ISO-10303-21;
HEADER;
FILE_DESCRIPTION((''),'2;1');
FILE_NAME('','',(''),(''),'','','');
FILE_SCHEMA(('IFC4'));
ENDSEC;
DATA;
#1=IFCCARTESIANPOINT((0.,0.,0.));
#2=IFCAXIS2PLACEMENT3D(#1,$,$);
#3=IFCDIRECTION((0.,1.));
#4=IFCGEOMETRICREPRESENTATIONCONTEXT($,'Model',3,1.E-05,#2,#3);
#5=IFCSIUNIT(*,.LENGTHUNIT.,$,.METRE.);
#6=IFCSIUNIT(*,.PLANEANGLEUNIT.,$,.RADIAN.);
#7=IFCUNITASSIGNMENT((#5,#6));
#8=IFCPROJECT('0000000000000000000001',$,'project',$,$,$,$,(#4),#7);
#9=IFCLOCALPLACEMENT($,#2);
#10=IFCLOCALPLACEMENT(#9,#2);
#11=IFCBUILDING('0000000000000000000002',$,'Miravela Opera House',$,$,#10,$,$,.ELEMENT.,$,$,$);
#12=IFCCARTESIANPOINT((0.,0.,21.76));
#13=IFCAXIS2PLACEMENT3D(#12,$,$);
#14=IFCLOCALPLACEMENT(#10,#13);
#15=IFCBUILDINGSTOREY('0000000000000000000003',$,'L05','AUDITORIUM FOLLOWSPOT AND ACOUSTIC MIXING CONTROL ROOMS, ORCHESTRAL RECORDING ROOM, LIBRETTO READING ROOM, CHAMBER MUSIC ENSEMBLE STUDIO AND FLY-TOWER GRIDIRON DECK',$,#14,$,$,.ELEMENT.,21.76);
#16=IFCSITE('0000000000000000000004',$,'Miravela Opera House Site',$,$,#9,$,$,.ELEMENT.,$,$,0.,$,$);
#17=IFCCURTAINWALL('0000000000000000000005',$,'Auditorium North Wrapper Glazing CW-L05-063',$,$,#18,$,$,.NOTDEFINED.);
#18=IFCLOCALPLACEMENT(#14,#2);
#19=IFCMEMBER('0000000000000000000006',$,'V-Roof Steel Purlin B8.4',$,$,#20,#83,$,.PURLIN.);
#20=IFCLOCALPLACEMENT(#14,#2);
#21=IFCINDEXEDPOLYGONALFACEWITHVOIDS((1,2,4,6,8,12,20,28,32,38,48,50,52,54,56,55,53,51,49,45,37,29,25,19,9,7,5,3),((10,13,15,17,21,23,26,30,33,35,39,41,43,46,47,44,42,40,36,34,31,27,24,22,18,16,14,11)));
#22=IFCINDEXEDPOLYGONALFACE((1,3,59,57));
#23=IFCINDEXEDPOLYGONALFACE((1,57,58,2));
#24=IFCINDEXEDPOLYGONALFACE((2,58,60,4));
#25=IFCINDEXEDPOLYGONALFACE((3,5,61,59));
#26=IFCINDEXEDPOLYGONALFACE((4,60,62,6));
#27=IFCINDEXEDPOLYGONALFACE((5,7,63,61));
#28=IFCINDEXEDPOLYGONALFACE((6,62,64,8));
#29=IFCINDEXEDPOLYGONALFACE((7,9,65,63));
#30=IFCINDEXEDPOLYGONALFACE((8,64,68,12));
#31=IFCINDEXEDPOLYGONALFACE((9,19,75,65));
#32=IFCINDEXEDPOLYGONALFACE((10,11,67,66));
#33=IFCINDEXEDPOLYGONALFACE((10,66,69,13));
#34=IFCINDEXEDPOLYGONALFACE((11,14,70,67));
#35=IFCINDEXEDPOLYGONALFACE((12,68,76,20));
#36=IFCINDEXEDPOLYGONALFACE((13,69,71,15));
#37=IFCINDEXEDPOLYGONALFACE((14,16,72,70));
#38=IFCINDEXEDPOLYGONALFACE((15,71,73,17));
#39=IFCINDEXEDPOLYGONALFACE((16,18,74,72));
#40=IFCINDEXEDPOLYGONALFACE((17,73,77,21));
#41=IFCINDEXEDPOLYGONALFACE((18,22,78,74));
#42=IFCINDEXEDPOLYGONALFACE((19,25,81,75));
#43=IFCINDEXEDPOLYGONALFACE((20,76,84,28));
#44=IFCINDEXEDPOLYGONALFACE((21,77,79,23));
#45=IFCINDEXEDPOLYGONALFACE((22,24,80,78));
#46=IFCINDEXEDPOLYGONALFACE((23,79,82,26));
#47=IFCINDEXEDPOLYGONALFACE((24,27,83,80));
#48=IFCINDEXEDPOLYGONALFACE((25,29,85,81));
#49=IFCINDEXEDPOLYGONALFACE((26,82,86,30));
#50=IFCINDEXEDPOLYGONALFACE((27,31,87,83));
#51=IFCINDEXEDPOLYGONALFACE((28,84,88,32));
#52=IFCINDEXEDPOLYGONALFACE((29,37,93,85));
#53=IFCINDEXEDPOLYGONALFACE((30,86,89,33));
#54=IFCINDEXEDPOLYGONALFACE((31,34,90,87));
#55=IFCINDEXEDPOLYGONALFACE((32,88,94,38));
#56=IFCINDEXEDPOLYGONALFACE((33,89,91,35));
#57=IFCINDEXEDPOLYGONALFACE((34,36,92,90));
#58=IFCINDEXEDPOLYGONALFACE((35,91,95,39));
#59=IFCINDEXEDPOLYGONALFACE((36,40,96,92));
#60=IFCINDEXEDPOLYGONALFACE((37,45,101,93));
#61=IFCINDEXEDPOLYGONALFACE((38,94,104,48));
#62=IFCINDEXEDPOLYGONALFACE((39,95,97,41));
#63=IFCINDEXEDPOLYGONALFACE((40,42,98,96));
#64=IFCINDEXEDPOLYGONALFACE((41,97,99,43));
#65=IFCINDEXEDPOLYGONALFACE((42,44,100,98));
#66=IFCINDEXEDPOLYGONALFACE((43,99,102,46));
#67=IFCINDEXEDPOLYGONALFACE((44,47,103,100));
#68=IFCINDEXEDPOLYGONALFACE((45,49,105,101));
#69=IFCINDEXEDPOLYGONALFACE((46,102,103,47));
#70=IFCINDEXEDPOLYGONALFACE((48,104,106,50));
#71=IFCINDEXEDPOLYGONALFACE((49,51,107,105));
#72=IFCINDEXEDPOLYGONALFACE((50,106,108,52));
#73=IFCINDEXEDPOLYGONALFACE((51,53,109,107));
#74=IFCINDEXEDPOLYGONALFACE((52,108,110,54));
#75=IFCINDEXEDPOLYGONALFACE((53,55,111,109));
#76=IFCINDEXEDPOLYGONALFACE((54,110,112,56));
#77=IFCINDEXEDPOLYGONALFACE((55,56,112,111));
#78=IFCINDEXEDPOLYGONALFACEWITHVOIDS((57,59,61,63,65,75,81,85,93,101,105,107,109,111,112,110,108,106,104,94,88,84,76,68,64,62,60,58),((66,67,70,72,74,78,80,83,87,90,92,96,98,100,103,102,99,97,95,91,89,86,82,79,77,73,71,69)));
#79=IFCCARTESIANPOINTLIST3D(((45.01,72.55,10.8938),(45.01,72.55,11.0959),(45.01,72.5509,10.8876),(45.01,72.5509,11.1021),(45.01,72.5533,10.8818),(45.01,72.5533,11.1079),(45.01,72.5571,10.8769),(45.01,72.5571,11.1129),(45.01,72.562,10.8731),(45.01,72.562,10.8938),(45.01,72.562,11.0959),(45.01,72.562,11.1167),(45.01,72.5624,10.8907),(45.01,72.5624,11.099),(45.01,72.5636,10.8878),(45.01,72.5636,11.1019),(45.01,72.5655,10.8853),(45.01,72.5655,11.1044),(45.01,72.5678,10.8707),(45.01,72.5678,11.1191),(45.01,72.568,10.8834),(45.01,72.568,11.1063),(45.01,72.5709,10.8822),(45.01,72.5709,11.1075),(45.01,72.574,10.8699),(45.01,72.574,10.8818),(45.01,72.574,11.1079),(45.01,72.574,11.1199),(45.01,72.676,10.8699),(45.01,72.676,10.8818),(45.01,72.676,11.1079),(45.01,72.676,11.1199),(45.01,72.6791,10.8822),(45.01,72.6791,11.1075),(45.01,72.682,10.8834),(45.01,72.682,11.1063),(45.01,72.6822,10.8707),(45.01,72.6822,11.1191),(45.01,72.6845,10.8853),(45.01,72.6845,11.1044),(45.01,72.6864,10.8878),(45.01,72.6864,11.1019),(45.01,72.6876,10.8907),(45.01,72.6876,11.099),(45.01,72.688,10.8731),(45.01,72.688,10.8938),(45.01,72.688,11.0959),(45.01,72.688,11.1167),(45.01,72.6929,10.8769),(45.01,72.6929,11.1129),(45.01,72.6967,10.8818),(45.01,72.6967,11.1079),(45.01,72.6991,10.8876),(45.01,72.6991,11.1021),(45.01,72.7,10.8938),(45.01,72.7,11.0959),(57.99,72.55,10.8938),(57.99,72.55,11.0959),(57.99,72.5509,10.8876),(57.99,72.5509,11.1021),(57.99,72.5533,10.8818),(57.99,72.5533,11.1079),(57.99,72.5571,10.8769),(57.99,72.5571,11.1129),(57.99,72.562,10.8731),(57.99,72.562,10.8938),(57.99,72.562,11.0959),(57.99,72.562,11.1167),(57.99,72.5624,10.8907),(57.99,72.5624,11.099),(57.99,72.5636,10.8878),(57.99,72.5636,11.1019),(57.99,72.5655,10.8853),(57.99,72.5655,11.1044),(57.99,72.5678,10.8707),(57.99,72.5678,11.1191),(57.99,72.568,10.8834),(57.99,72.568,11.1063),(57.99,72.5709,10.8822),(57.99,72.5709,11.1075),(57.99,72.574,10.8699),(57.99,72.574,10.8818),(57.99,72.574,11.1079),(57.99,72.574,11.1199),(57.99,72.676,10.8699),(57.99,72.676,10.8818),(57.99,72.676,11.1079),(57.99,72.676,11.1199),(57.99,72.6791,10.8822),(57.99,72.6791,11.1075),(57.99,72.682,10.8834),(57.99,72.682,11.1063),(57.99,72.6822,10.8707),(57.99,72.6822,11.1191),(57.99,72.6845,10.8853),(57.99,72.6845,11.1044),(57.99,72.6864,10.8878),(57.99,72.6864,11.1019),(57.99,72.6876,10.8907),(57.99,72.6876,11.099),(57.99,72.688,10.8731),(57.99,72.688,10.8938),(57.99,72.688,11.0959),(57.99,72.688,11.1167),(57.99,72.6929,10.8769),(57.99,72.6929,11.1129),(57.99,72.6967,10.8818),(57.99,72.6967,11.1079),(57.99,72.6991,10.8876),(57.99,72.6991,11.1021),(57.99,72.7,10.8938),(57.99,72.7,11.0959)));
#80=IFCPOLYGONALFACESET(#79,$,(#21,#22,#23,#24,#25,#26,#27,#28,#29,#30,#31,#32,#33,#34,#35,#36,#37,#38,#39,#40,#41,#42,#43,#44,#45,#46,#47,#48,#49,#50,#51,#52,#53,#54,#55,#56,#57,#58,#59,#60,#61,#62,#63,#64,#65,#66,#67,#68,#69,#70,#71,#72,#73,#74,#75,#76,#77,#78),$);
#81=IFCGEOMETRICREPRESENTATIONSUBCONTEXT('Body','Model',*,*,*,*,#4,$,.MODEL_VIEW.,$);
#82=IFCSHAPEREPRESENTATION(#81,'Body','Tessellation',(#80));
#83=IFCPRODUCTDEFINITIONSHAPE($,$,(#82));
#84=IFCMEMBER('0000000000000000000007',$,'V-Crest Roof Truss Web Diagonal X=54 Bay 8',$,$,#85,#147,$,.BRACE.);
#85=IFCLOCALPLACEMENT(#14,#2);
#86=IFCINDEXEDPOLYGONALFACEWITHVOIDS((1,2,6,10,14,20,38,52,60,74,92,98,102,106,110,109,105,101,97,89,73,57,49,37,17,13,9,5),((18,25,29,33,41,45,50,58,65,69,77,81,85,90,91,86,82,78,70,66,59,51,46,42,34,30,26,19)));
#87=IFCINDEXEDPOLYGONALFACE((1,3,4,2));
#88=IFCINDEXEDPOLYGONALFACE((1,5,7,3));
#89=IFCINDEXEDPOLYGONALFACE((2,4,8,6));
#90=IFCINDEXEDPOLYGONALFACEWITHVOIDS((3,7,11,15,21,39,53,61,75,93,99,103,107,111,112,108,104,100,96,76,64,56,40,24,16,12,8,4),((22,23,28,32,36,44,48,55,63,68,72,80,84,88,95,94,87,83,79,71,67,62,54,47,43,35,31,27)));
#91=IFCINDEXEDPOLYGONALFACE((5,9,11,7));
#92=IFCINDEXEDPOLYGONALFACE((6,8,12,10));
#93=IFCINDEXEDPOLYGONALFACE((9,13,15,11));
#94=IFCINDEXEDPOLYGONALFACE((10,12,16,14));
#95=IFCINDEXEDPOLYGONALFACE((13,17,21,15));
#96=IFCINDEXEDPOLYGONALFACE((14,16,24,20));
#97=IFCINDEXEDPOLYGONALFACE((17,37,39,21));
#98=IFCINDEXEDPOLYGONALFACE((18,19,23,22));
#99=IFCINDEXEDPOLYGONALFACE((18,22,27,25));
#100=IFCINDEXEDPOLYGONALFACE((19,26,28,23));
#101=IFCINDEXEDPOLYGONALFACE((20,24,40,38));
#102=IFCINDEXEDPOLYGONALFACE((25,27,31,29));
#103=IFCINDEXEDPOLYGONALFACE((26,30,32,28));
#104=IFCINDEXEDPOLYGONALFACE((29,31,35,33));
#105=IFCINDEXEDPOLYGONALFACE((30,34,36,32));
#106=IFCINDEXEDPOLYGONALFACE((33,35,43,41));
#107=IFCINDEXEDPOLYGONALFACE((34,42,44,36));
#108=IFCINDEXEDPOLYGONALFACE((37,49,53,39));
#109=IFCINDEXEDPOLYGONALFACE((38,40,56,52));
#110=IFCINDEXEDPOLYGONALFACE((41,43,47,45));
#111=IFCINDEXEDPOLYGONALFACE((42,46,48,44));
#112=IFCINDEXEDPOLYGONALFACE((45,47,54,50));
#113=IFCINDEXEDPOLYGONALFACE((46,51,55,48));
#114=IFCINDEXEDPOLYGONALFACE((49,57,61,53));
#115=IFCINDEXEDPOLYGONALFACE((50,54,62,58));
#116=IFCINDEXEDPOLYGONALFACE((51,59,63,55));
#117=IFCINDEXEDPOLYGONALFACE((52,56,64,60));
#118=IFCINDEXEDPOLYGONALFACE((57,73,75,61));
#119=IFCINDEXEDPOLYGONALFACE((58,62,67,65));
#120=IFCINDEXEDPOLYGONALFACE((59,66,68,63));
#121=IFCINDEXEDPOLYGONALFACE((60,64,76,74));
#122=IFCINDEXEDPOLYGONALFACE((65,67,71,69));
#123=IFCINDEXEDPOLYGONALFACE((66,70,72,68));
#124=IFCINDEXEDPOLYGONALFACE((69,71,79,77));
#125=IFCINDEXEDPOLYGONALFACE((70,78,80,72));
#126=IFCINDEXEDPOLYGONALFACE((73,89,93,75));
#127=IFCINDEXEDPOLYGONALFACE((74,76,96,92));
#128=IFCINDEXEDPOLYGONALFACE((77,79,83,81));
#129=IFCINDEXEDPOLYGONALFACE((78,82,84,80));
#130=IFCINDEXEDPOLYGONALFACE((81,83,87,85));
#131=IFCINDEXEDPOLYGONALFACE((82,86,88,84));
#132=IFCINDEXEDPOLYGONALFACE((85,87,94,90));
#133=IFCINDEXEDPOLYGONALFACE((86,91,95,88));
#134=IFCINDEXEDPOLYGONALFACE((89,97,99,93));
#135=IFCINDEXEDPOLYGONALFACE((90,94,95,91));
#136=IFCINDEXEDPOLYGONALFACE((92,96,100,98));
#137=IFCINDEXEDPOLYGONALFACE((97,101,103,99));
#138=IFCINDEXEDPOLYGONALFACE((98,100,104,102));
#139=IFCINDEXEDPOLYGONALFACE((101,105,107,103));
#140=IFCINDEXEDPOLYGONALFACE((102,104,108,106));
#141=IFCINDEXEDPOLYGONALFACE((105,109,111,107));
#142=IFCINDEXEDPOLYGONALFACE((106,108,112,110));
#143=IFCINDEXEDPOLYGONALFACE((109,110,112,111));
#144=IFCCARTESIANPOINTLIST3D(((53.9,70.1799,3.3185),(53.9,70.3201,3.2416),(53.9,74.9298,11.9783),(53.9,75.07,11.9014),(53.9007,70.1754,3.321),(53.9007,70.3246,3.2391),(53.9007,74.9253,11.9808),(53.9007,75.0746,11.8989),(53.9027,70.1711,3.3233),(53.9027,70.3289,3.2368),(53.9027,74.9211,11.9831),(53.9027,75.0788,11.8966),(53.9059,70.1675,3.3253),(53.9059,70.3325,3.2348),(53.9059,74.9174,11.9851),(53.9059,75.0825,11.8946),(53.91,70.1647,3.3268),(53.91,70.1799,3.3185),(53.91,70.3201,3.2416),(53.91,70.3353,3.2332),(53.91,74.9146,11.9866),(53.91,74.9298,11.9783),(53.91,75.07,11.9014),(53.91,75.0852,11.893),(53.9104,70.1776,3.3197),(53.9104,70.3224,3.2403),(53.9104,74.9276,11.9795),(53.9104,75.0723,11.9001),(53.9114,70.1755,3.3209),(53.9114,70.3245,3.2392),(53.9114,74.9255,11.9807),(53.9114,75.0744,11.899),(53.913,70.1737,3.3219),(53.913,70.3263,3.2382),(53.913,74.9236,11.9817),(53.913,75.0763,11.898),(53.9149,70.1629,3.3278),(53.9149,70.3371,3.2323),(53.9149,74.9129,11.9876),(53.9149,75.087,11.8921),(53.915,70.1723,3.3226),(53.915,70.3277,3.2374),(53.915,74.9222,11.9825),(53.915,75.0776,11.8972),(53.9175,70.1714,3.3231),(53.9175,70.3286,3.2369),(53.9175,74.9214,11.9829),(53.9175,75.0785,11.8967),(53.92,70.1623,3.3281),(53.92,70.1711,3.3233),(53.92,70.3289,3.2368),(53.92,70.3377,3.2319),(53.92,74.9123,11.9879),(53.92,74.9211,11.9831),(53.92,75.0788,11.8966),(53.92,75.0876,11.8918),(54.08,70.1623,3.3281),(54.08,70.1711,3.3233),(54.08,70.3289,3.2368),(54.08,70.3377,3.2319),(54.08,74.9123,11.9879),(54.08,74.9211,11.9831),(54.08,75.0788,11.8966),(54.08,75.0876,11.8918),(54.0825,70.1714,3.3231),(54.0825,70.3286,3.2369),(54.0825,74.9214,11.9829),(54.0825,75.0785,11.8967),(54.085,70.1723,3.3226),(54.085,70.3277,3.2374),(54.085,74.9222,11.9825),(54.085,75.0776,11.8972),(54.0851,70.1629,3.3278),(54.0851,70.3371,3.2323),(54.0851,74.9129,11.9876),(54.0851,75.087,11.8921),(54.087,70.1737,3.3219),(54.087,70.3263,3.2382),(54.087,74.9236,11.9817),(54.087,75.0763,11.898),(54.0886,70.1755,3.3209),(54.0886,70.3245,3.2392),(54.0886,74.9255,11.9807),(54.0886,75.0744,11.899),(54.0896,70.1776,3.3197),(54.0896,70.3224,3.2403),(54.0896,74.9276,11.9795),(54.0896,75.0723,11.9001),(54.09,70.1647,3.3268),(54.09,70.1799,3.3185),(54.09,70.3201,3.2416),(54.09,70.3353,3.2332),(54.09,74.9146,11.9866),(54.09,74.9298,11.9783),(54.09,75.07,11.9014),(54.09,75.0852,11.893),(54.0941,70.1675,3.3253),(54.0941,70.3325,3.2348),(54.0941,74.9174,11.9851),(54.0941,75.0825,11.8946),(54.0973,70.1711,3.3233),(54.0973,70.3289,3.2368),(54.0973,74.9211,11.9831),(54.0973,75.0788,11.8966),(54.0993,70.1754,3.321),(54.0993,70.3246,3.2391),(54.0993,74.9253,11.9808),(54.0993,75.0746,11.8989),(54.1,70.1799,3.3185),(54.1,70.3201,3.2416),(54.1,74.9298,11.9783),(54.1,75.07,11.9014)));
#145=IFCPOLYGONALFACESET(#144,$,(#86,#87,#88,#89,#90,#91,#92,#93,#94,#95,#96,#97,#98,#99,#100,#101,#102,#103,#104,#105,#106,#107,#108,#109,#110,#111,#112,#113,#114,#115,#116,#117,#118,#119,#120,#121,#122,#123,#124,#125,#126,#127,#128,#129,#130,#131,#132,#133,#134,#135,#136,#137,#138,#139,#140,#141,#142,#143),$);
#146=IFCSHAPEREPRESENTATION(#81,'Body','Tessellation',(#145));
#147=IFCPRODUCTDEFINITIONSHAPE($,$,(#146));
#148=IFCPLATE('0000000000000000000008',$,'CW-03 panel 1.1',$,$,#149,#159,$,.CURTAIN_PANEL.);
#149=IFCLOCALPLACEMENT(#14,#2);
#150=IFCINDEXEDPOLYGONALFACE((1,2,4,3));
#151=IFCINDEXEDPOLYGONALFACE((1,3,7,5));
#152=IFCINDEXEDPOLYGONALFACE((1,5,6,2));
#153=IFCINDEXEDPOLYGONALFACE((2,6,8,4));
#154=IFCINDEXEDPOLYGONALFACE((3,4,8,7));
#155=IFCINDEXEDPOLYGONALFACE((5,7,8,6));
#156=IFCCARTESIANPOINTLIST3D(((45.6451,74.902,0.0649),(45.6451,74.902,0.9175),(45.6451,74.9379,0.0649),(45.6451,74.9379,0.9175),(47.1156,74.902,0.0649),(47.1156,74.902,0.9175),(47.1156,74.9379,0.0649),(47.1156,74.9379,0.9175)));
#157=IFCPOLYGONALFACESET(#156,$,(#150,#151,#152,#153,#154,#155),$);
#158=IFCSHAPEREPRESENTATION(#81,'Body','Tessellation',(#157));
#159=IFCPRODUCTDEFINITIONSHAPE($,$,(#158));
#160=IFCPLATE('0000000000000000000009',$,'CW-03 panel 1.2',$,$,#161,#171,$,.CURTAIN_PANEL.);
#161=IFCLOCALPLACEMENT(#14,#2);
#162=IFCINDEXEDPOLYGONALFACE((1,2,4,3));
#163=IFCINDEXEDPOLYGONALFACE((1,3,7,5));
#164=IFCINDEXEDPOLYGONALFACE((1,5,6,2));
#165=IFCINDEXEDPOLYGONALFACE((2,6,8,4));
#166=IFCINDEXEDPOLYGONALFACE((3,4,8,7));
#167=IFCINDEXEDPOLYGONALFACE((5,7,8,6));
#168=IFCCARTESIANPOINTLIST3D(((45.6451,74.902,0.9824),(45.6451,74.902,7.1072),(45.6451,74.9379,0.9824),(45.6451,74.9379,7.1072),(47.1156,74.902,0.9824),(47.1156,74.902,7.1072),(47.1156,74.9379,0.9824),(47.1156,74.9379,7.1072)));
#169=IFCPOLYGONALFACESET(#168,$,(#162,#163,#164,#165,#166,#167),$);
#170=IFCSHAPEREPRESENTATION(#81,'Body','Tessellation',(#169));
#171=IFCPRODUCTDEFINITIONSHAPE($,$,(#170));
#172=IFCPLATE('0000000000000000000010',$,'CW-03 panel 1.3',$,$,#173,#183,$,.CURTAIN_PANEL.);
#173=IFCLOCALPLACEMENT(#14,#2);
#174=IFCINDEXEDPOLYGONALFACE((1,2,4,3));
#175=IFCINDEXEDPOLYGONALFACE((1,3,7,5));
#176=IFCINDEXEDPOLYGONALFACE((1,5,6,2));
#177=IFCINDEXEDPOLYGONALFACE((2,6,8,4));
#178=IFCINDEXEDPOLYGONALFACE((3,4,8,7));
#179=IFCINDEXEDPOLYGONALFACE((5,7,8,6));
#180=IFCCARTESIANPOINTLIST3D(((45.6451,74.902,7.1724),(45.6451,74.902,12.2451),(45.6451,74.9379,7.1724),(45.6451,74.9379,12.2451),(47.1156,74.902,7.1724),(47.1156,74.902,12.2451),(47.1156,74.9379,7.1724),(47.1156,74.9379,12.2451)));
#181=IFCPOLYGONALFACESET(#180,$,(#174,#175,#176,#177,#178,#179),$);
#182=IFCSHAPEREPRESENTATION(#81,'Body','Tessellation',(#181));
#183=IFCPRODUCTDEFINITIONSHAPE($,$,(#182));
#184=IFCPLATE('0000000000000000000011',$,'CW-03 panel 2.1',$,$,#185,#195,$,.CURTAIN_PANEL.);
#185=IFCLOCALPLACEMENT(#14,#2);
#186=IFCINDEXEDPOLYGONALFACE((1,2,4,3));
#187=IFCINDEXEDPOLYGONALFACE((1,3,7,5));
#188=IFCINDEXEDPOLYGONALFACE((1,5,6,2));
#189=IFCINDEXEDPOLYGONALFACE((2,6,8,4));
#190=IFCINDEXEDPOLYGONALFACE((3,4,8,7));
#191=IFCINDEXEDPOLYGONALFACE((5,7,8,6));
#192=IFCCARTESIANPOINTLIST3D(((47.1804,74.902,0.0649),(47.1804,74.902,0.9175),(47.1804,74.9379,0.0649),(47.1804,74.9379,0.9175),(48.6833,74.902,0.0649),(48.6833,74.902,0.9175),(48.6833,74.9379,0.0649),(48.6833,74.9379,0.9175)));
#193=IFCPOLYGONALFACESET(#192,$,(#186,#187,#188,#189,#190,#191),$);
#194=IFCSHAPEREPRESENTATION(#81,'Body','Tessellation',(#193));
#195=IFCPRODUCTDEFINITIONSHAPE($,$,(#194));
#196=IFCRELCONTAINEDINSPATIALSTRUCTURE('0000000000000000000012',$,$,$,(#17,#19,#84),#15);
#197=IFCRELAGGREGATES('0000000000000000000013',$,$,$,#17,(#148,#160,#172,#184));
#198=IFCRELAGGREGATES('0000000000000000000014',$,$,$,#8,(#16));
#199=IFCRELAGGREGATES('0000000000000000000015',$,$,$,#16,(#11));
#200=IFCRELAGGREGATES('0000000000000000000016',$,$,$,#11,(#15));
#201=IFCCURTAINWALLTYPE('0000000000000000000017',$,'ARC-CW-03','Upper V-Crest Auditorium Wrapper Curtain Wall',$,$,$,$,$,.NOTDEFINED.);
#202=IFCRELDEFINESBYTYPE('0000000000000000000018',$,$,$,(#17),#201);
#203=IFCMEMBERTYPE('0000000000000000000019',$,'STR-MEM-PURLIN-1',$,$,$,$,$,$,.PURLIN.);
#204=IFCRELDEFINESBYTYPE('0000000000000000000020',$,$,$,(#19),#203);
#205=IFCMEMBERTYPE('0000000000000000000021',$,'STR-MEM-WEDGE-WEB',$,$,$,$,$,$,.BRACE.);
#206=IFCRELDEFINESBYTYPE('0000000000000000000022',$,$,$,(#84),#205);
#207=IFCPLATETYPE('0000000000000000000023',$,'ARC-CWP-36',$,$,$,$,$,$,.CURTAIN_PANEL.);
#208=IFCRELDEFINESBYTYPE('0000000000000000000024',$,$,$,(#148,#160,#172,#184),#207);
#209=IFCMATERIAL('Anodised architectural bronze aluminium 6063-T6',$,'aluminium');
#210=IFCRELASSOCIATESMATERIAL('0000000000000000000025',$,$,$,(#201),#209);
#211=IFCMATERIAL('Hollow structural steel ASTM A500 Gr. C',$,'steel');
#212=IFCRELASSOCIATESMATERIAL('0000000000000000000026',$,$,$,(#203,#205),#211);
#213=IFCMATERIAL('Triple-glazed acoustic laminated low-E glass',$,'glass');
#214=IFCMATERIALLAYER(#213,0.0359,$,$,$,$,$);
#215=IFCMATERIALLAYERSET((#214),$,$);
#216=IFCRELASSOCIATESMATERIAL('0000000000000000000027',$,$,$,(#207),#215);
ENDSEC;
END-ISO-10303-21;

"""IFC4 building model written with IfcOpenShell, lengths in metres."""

from ifc_helpers import new_model, si_unit, direction, frame, origin, origin_2d, place, context, subcontext, project, spatial, rectangle, hollow_rectangle, extrude, material, layer, layer_set, material_profile, profile_set, type_object, element, aggregate, save


model = new_model("IFC4")

# Units and contexts
model_context = context("Model", 3, precision=1e-05, world=origin(), true_north=direction((0.0, 1.0)))
body_context = subcontext(model_context, "Body", "Model", "MODEL_VIEW")
ifc_project = project(units=[si_unit("LENGTHUNIT", "METRE"), si_unit("PLANEANGLEUNIT", "RADIAN")], contexts=[model_context])

# Site, building, storey
site_placement = place(None, origin())
site = spatial("IfcSite", under=ifc_project, at=site_placement, Name="Miravela Opera House Site", CompositionType="ELEMENT", RefElevation=0.0)
building_placement = place(site_placement, origin())
building = spatial("IfcBuilding", under=site, at=building_placement, Name="Miravela Opera House", CompositionType="ELEMENT")
storey_placement = place(building_placement, frame((0.0, 0.0, 21.76)))
storey = spatial("IfcBuildingStorey", under=building, at=storey_placement, Name="L05", Description="AUDITORIUM FOLLOWSPOT AND ACOUSTIC MIXING CONTROL ROOMS, ORCHESTRAL RECORDING ROOM, LIBRETTO READING ROOM, CHAMBER MUSIC ENSEMBLE STUDIO AND FLY-TOWER GRIDIRON DECK", CompositionType="ELEMENT", Elevation=21.76)

# Curtain wall
ifc_material_1 = material(Name="Anodised architectural bronze aluminium 6063-T6", Category="aluminium")
curtain_wall_type = type_object("IfcCurtainWallType", Name="ARC-CW-03", Description="Upper V-Crest Auditorium Wrapper Curtain Wall", PredefinedType="NOTDEFINED", material=ifc_material_1)
curtain_wall_placement = place(storey_placement, origin())
curtain_wall = element("IfcCurtainWall", 1, at=curtain_wall_placement, inside=storey, type_object=curtain_wall_type, Name="Auditorium North Wrapper Glazing CW-L05-063", PredefinedType="NOTDEFINED")

# Members
ifc_material_2 = material(Name="Hollow structural steel ASTM A500 Gr. C", Category="steel")
ifc_material_profile_1 = material_profile(ifc_material_2, hollow_rectangle(XDim=0.1499, YDim=0.25, WallThickness=0.012, InnerFilletRadius=0.012, OuterFilletRadius=0.0239, at=origin_2d()), Name="HSS250X150X12")
ifc_profile_set_1 = profile_set([ifc_material_profile_1])
member_type_1 = type_object("IfcMemberType", Name="STR-MEM-PURLIN-1", PredefinedType="PURLIN", material=ifc_profile_set_1)
member_1_placement = place(storey_placement, frame((45.01, 72.625, 10.9949), z_axis=(1.0, 0.0, 0.0), x_axis=(0.0, 1.0, 0.0)))
element("IfcMember", 2, at=member_1_placement, inside=storey, type_object=member_type_1, Name="V-Roof Steel Purlin B8.4", PredefinedType="PURLIN", context=body_context, shape_type="SweptSolid", body=[
    extrude(hollow_rectangle(XDim=0.1499, YDim=0.25, WallThickness=0.012, InnerFilletRadius=0.012, OuterFilletRadius=0.0239, at=origin_2d()), origin(), (0.0, 0.0, 1.0), 12.98),
])
ifc_material_profile_2 = material_profile(ifc_material_2, hollow_rectangle(XDim=0.2, YDim=0.2, WallThickness=0.01, InnerFilletRadius=0.01, OuterFilletRadius=0.02, at=origin_2d()), Name="HSS200X200X10")
ifc_profile_set_2 = profile_set([ifc_material_profile_2])
member_type_2 = type_object("IfcMemberType", Name="STR-MEM-WEDGE-WEB", PredefinedType="BRACE", material=ifc_profile_set_2)
member_2_placement = place(storey_placement, frame((54.0, 70.25, 3.28), z_axis=(0.0, 0.480912, 0.876769), x_axis=(-1.0, 0.0, 0.0)))
element("IfcMember", 3, at=member_2_placement, inside=storey, type_object=member_type_2, Name="V-Crest Roof Truss Web Diagonal X=54 Bay 8", PredefinedType="BRACE", context=body_context, shape_type="SweptSolid", body=[
    extrude(hollow_rectangle(XDim=0.2, YDim=0.2, WallThickness=0.01, InnerFilletRadius=0.01, OuterFilletRadius=0.02, at=origin_2d()), origin(), (0.0, 0.0, 1.0), 9.877),
])

# Plates
ifc_material_3 = material(Name="Triple-glazed acoustic laminated low-E glass", Category="glass")
ifc_layer_1 = layer(ifc_material_3, 0.0359)
ifc_layer_set_1 = layer_set([ifc_layer_1])
plate_type_1 = type_object("IfcPlateType", Name="ARC-CWP-36", PredefinedType="CURTAIN_PANEL", material=ifc_layer_set_1)
plate_1_placement = place(storey_placement, frame((46.3804, 74.9199, 0.0649), z_axis=(0.0, 0.0, 1.0), x_axis=(1.0, 0.0, 0.0)))
plate_1 = element("IfcPlate", 4, at=plate_1_placement, type_object=plate_type_1, Name="CW-03 panel 1.1", PredefinedType="CURTAIN_PANEL", context=body_context, shape_type="SweptSolid", body=[
    extrude(rectangle(XDim=1.4705, YDim=0.0359, at=origin_2d()), origin(), (0.0, 0.0, 1.0), 0.8525),
])
plate_2_placement = place(storey_placement, frame((46.3804, 74.9199, 0.9824), z_axis=(0.0, 0.0, 1.0), x_axis=(1.0, 0.0, 0.0)))
plate_2 = element("IfcPlate", 5, at=plate_2_placement, type_object=plate_type_1, Name="CW-03 panel 1.2", PredefinedType="CURTAIN_PANEL", context=body_context, shape_type="SweptSolid", body=[
    extrude(rectangle(XDim=1.4705, YDim=0.0359, at=origin_2d()), origin(), (0.0, 0.0, 1.0), 6.1248),
])
plate_3_placement = place(storey_placement, frame((46.3804, 74.9199, 7.1724), z_axis=(0.0, 0.0, 1.0), x_axis=(1.0, 0.0, 0.0)))
plate_3 = element("IfcPlate", 6, at=plate_3_placement, type_object=plate_type_1, Name="CW-03 panel 1.3", PredefinedType="CURTAIN_PANEL", context=body_context, shape_type="SweptSolid", body=[
    extrude(rectangle(XDim=1.4705, YDim=0.0359, at=origin_2d()), origin(), (0.0, 0.0, 1.0), 5.0728),
])
plate_4_placement = place(storey_placement, frame((47.9319, 74.9199, 0.0649), z_axis=(0.0, 0.0, 1.0), x_axis=(1.0, 0.0, 0.0)))
plate_4 = element("IfcPlate", 7, at=plate_4_placement, type_object=plate_type_1, Name="CW-03 panel 2.1", PredefinedType="CURTAIN_PANEL", context=body_context, shape_type="SweptSolid", body=[
    extrude(rectangle(XDim=1.5029, YDim=0.0359, at=origin_2d()), origin(), (0.0, 0.0, 1.0), 0.8525),
])
aggregate(curtain_wall, [plate_1, plate_2, plate_3, plate_4])

save(model, "model.ifc")
